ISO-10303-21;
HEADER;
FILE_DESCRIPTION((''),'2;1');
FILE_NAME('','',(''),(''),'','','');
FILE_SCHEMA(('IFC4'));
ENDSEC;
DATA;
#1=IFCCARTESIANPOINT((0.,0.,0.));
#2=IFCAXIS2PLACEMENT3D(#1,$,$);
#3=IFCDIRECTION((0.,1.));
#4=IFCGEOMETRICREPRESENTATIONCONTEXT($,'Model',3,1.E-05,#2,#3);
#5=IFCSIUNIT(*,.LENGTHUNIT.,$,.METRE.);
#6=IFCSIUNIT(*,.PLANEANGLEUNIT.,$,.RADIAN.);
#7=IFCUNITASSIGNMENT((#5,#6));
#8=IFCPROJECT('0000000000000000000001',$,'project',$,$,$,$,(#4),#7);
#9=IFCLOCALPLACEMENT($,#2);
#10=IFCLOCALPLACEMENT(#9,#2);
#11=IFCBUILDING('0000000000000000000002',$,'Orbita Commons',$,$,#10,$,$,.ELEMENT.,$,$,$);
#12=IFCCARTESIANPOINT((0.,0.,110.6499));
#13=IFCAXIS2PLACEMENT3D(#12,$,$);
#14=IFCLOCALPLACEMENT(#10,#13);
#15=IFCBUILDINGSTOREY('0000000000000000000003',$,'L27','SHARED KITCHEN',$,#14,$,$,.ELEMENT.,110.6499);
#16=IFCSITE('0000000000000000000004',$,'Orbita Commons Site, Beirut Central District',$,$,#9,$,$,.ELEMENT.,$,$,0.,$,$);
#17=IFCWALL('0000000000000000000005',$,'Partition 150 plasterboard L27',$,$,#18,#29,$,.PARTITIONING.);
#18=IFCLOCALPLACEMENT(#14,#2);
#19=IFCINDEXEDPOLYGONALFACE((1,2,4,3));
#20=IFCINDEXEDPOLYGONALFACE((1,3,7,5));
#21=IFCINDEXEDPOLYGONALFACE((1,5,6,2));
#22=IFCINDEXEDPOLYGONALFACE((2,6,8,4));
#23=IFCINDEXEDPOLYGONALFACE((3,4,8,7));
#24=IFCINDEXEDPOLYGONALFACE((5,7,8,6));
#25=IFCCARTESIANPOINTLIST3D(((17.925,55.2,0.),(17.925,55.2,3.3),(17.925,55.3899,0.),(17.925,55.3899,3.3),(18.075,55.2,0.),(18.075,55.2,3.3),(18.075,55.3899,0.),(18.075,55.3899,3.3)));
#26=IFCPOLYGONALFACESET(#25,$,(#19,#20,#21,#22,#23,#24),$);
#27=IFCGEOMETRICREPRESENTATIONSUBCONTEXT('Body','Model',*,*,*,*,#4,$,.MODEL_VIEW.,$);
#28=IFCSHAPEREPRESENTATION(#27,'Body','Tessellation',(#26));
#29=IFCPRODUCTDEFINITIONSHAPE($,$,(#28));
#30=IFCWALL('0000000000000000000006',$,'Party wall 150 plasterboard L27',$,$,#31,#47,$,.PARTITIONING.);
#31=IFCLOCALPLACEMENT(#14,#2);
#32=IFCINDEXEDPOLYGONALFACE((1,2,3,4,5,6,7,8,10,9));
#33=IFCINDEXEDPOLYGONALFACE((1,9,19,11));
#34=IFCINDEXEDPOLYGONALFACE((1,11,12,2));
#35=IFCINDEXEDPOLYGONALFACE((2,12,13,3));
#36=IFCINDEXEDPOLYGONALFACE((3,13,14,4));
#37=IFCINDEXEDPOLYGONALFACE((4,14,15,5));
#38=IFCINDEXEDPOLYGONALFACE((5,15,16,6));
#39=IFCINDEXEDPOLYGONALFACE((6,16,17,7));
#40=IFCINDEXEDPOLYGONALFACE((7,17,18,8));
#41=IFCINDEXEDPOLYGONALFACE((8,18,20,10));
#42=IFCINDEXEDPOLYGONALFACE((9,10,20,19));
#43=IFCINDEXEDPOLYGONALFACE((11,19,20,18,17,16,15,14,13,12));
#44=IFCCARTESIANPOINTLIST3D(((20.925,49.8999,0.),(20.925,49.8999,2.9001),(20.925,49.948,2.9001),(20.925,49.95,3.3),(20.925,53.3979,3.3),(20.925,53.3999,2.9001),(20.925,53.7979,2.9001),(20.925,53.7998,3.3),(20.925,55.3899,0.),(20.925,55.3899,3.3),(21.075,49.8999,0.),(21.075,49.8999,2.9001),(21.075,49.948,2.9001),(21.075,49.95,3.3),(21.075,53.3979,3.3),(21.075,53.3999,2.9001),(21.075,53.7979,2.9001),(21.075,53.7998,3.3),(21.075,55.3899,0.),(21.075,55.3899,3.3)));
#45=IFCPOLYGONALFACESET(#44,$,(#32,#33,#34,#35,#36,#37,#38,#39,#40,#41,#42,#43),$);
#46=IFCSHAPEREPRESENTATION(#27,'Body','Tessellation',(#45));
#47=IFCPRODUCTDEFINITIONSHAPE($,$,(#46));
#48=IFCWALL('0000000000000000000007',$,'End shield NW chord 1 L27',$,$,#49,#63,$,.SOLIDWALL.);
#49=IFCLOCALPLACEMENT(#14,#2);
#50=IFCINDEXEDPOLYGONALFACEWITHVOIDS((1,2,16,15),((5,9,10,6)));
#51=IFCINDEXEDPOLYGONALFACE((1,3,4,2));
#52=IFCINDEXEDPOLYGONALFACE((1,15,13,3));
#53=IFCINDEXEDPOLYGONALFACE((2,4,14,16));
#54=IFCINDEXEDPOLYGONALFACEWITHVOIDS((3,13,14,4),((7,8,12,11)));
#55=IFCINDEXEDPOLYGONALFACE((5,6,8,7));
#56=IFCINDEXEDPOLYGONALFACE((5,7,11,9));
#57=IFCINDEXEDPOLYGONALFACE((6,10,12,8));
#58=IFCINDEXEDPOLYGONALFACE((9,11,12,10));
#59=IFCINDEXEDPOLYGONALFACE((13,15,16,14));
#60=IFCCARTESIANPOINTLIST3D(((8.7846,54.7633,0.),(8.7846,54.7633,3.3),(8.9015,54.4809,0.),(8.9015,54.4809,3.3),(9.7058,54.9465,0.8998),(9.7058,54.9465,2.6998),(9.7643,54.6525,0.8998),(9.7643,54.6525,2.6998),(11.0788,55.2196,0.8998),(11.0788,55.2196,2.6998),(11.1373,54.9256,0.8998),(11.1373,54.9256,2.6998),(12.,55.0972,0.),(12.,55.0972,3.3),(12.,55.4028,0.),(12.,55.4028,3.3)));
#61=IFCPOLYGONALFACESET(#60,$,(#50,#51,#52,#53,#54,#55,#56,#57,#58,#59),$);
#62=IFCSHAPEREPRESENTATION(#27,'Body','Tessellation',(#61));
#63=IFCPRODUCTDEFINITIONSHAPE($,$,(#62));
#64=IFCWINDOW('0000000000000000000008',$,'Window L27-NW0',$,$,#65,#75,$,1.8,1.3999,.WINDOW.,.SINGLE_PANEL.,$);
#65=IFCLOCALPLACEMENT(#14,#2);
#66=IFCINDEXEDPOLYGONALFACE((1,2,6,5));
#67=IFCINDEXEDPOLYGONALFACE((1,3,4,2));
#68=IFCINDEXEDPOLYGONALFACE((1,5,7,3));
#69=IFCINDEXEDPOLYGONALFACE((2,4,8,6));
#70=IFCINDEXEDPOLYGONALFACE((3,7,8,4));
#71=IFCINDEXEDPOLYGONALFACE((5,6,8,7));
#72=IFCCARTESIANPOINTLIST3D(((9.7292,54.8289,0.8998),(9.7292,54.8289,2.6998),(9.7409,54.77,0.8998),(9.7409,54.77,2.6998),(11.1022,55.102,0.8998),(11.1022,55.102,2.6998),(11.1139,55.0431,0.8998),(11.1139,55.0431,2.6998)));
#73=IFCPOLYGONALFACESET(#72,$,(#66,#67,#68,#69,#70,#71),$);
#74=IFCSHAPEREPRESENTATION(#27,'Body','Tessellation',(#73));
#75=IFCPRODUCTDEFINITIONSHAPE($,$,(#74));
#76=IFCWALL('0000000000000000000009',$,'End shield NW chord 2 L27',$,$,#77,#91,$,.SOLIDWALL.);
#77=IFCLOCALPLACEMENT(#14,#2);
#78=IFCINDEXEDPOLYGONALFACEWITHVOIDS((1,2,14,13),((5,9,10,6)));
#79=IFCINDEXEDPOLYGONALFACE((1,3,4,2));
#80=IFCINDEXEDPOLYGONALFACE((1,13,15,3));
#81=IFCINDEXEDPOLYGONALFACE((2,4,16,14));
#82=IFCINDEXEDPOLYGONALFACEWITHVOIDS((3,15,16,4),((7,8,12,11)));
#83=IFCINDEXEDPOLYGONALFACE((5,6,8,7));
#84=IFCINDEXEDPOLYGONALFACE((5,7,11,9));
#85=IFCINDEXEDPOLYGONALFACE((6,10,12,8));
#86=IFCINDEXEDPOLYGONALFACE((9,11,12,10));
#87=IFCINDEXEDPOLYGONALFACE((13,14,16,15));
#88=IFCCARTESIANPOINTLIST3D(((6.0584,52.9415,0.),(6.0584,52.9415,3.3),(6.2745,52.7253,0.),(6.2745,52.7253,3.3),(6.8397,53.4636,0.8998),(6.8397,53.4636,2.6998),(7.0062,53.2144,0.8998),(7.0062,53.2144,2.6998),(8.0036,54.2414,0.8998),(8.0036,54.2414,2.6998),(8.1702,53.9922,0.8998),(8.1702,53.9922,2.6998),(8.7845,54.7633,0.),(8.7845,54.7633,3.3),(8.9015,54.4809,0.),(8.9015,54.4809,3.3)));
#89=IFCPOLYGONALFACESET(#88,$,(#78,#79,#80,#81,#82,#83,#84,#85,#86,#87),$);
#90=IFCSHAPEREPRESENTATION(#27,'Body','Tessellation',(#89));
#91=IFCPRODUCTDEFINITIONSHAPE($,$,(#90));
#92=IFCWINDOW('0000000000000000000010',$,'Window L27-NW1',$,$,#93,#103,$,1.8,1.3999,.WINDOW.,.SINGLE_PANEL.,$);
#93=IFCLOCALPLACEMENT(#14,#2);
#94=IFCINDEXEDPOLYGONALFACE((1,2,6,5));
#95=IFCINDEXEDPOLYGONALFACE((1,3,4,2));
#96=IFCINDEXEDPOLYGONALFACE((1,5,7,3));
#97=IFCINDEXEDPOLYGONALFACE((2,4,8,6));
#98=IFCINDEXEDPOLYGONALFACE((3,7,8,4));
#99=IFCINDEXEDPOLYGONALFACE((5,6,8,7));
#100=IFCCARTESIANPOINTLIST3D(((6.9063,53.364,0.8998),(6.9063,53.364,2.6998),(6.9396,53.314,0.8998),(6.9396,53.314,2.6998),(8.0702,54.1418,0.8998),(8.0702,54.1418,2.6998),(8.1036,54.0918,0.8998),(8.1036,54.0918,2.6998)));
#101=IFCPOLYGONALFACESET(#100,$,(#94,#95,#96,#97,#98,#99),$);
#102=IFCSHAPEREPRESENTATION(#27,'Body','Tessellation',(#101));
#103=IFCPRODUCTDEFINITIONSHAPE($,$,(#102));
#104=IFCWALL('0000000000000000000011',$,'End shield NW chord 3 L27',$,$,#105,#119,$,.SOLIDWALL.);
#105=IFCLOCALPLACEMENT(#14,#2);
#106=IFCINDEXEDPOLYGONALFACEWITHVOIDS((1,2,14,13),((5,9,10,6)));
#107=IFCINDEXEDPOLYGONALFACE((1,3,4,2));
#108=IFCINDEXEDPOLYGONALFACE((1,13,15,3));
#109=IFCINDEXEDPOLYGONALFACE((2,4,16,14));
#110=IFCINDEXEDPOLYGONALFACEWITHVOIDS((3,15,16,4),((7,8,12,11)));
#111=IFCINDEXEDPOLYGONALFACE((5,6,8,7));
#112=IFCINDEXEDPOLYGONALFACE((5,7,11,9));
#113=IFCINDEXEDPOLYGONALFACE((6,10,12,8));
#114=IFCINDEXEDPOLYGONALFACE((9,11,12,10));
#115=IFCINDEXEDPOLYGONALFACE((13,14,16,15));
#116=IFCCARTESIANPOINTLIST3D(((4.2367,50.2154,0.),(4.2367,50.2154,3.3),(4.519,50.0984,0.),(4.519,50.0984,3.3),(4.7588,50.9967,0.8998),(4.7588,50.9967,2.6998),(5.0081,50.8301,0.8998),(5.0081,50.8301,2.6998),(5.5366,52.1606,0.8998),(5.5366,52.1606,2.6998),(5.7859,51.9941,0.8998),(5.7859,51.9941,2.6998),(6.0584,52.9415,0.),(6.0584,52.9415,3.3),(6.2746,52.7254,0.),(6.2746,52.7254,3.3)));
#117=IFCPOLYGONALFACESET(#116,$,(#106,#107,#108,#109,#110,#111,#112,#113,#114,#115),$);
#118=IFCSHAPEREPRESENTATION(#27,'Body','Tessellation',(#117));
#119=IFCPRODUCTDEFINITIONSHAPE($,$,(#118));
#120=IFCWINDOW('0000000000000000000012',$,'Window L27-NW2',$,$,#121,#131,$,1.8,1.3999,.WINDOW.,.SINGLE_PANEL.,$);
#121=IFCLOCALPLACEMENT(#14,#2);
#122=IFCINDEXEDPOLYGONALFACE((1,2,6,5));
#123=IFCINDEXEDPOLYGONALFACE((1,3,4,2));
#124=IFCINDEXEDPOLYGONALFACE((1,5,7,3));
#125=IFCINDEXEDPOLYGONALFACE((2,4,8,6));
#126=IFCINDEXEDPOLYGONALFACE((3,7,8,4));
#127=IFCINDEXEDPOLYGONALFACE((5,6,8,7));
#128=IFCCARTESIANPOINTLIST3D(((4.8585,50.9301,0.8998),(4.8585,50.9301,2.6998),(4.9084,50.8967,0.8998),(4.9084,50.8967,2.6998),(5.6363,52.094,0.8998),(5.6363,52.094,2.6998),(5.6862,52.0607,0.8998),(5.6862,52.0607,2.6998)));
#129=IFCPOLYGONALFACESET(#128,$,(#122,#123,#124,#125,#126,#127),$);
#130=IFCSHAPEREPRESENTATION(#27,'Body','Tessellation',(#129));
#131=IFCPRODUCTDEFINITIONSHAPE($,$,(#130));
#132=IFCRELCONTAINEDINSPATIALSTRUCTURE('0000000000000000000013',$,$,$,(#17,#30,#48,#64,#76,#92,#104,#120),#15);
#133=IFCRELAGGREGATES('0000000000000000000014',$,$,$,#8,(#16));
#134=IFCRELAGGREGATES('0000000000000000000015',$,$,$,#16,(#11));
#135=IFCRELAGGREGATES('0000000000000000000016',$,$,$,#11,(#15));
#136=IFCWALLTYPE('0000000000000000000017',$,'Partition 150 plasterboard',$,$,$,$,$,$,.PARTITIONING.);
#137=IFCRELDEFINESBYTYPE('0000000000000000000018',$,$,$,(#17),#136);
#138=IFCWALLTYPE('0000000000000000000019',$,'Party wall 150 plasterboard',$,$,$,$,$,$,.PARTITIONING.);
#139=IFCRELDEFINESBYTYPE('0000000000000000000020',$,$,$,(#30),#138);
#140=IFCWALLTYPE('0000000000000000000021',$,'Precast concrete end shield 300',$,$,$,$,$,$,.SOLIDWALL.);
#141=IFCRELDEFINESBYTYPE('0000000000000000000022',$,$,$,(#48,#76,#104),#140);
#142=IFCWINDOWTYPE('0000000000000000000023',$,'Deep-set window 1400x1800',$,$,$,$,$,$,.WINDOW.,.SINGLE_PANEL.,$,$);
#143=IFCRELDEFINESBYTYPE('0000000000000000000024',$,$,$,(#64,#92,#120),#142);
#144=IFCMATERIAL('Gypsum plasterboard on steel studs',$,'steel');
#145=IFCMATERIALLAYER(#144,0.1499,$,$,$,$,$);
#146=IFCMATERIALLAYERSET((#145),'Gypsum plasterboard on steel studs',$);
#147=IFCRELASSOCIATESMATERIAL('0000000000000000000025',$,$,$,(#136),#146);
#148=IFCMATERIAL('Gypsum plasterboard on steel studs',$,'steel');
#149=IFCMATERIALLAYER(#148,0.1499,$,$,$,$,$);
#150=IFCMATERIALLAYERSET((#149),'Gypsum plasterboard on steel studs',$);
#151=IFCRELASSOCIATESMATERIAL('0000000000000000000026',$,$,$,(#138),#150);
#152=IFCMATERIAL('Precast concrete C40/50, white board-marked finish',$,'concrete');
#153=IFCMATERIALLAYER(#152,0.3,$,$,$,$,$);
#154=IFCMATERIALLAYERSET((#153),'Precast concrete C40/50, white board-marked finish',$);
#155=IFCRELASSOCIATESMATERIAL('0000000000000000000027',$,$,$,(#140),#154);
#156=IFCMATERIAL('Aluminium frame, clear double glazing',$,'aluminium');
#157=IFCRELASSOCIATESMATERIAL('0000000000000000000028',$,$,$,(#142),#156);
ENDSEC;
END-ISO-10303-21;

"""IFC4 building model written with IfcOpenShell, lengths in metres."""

from ifc_helpers import new_model, si_unit, direction, frame, frame_2d, origin, place, context, subcontext, project, spatial, polyline, rectangle, outline, extrude, material, layer, layer_set, type_object, element, fill, save


model = new_model("IFC4")

# Units and contexts
model_context = context("Model", 3, precision=1e-05, world=origin(), true_north=direction((0.0, 1.0)))
body_context = subcontext(model_context, "Body", "Model", "MODEL_VIEW")
ifc_project = project(units=[si_unit("LENGTHUNIT", "METRE"), si_unit("PLANEANGLEUNIT", "RADIAN")], contexts=[model_context])

# Site, building, storey
site_placement = place(None, origin())
site = spatial("IfcSite", under=ifc_project, at=site_placement, Name="Orbita Commons Site, Beirut Central District", CompositionType="ELEMENT", RefElevation=0.0)
building_placement = place(site_placement, origin())
building = spatial("IfcBuilding", under=site, at=building_placement, Name="Orbita Commons", CompositionType="ELEMENT")
storey_placement = place(building_placement, frame((0.0, 0.0, 110.6499)))
storey = spatial("IfcBuildingStorey", under=building, at=storey_placement, Name="L27", Description="SHARED KITCHEN", CompositionType="ELEMENT", Elevation=110.6499)

# Walls
ifc_material_1 = material(Name="Gypsum plasterboard on steel studs", Category="steel")
ifc_layer_1 = layer(ifc_material_1, 0.1499)
ifc_layer_set_1 = layer_set([ifc_layer_1], Name="Gypsum plasterboard on steel studs")
wall_type_1 = type_object("IfcWallType", Name="Partition 150 plasterboard", PredefinedType="PARTITIONING", material=ifc_layer_set_1)
wall_1_placement = place(storey_placement, frame((18.0, 55.2, 0.0), z_axis=(0.0, 0.0, 1.0), x_axis=(0.0, 1.0, 0.0)))
element("IfcWall", 1, at=wall_1_placement, inside=storey, type_object=wall_type_1, Name="Partition 150 plasterboard L27", PredefinedType="PARTITIONING", context=body_context, shape_type="SweptSolid", body=[
    extrude(rectangle(XDim=0.1899, YDim=0.1499, at=frame_2d((0.095, 0.0))), origin(), (0.0, 0.0, 1.0), 3.3),
])
ifc_material_2 = material(Name="Gypsum plasterboard on steel studs", Category="steel")
ifc_layer_2 = layer(ifc_material_2, 0.1499)
ifc_layer_set_2 = layer_set([ifc_layer_2], Name="Gypsum plasterboard on steel studs")
wall_type_2 = type_object("IfcWallType", Name="Party wall 150 plasterboard", PredefinedType="PARTITIONING", material=ifc_layer_set_2)
wall_2_placement = place(storey_placement, frame((21.0, 55.3899, 0.0), z_axis=(0.0, 0.0, 1.0), x_axis=(0.0, -1.0, 0.0)))
element("IfcWall", 2, at=wall_2_placement, inside=storey, type_object=wall_type_2, Name="Party wall 150 plasterboard L27", PredefinedType="PARTITIONING", context=body_context, shape_type="SweptSolid", body=[
    extrude(outline(polyline([(0.0, 0.0), (5.49, 0.0), (5.49, 2.9001), (5.4419, 2.9001), (5.4399, 3.3), (1.9919, 3.3), (1.99, 2.9001), (1.592, 2.9001), (1.5901, 3.3), (0.0, 3.3), (0.0, 0.0)])), frame((0.0, 0.075, 0.0), z_axis=(0.0, -1.0, 0.0), x_axis=(1.0, 0.0, 0.0)), (0.0, 0.0, 1.0), 0.1499),
])

# Walls, openings, windows
ifc_material_3 = material(Name="Precast concrete C40/50, white board-marked finish", Category="concrete")
ifc_layer_3 = layer(ifc_material_3, 0.3)
ifc_layer_set_3 = layer_set([ifc_layer_3], Name="Precast concrete C40/50, white board-marked finish")
wall_type_3 = type_object("IfcWallType", Name="Precast concrete end shield 300", PredefinedType="SOLIDWALL", material=ifc_layer_set_3)
wall_3_placement = place(storey_placement, frame((12.0, 55.25, 0.0), z_axis=(0.0, 0.0, 1.0), x_axis=(-0.980787, -0.19508, 0.0)))
wall_3 = element("IfcWall", 3, at=wall_3_placement, inside=storey, type_object=wall_type_3, Name="End shield NW chord 1 L27", PredefinedType="SOLIDWALL", context=body_context, shape_type="SweptSolid", body=[
    extrude(outline(polyline([(-0.0298, -0.1499), (3.2485, -0.1499), (3.189, 0.1499), (0.0298, 0.1499), (-0.0298, -0.1499)])), origin(), (0.0, 0.0, 1.0), 3.3),
])
opening_1_placement = place(wall_3_placement, frame((0.9094, 0.0, 0.8999)))
opening_1 = element("IfcOpeningElement", 4, at=opening_1_placement, cuts=wall_3, PredefinedType="OPENING", context=body_context, shape_type="SweptSolid", body=[
    extrude(rectangle(XDim=1.3999, YDim=1.8, at=frame_2d((0.7, 0.8999))), frame((0.0, 0.1599, 0.0), z_axis=(0.0, -1.0, 0.0), x_axis=(1.0, 0.0, 0.0)), (0.0, 0.0, 1.0), 0.3201),
])
ifc_material_4 = material(Name="Aluminium frame, clear double glazing", Category="aluminium")
window_type = type_object("IfcWindowType", Name="Deep-set window 1400x1800", PartitioningType="SINGLE_PANEL", PredefinedType="WINDOW", material=ifc_material_4)
window_1_placement = place(opening_1_placement, origin())
window_1 = element("IfcWindow", 5, at=window_1_placement, inside=storey, type_object=window_type, Name="Window L27-NW0", OverallHeight=1.8, OverallWidth=1.3999, PartitioningType="SINGLE_PANEL", PredefinedType="WINDOW", context=body_context, shape_type="SweptSolid", body=[
    extrude(rectangle(XDim=1.3999, YDim=1.8, at=frame_2d((0.7, 0.8999))), frame((0.0, 0.03, 0.0), z_axis=(0.0, -1.0, 0.0), x_axis=(1.0, 0.0, 0.0)), (0.0, 0.0, 1.0), 0.0601),
])
fill(opening_1, window_1)
wall_4_placement = place(storey_placement, frame((8.843, 54.6221, 0.0), z_axis=(0.0, 0.0, 1.0), x_axis=(-0.831443, -0.55561, 0.0)))
wall_4 = element("IfcWall", 6, at=wall_4_placement, inside=storey, type_object=wall_type_3, Name="End shield NW chord 2 L27", PredefinedType="SOLIDWALL", context=body_context, shape_type="SweptSolid", body=[
    extrude(outline(polyline([(-0.0298, -0.1499), (3.249, -0.1499), (3.1895, 0.1499), (0.0298, 0.1499), (-0.0298, -0.1499)])), origin(), (0.0, 0.0, 1.0), 3.3),
])
opening_2_placement = place(wall_4_placement, frame((0.9094, 0.0, 0.8999)))
opening_2 = element("IfcOpeningElement", 7, at=opening_2_placement, cuts=wall_4, PredefinedType="OPENING", context=body_context, shape_type="SweptSolid", body=[
    extrude(rectangle(XDim=1.3999, YDim=1.8, at=frame_2d((0.7, 0.8999))), frame((0.0, 0.1599, 0.0), z_axis=(0.0, -1.0, 0.0), x_axis=(1.0, 0.0, 0.0)), (0.0, 0.0, 1.0), 0.3201),
])
window_2_placement = place(opening_2_placement, origin())
window_2 = element("IfcWindow", 8, at=window_2_placement, inside=storey, type_object=window_type, Name="Window L27-NW1", OverallHeight=1.8, OverallWidth=1.3999, PartitioningType="SINGLE_PANEL", PredefinedType="WINDOW", context=body_context, shape_type="SweptSolid", body=[
    extrude(rectangle(XDim=1.3999, YDim=1.8, at=frame_2d((0.7, 0.8999))), frame((0.0, 0.03, 0.0), z_axis=(0.0, -1.0, 0.0), x_axis=(1.0, 0.0, 0.0)), (0.0, 0.0, 1.0), 0.0601),
])
fill(opening_2, window_2)
wall_5_placement = place(storey_placement, frame((6.1665, 52.8335, 0.0), z_axis=(0.0, 0.0, 1.0), x_axis=(-0.55561, -0.831443, 0.0)))
wall_5 = element("IfcWall", 9, at=wall_5_placement, inside=storey, type_object=wall_type_3, Name="End shield NW chord 3 L27", PredefinedType="SOLIDWALL", context=body_context, shape_type="SweptSolid", body=[
    extrude(outline(polyline([(-0.0298, -0.1499), (3.249, -0.1499), (3.1895, 0.1499), (0.0298, 0.1499), (-0.0298, -0.1499)])), origin(), (0.0, 0.0, 1.0), 3.3),
])
opening_3_placement = place(wall_5_placement, frame((0.9094, 0.0, 0.8999)))
opening_3 = element("IfcOpeningElement", 10, at=opening_3_placement, cuts=wall_5, PredefinedType="OPENING", context=body_context, shape_type="SweptSolid", body=[
    extrude(rectangle(XDim=1.3999, YDim=1.8, at=frame_2d((0.7, 0.8999))), frame((0.0, 0.1599, 0.0), z_axis=(0.0, -1.0, 0.0), x_axis=(1.0, 0.0, 0.0)), (0.0, 0.0, 1.0), 0.3201),
])
window_3_placement = place(opening_3_placement, origin())
window_3 = element("IfcWindow", 11, at=window_3_placement, inside=storey, type_object=window_type, Name="Window L27-NW2", OverallHeight=1.8, OverallWidth=1.3999, PartitioningType="SINGLE_PANEL", PredefinedType="WINDOW", context=body_context, shape_type="SweptSolid", body=[
    extrude(rectangle(XDim=1.3999, YDim=1.8, at=frame_2d((0.7, 0.8999))), frame((0.0, 0.03, 0.0), z_axis=(0.0, -1.0, 0.0), x_axis=(1.0, 0.0, 0.0)), (0.0, 0.0, 1.0), 0.0601),
])
fill(opening_3, window_3)

save(model, "model.ifc")
